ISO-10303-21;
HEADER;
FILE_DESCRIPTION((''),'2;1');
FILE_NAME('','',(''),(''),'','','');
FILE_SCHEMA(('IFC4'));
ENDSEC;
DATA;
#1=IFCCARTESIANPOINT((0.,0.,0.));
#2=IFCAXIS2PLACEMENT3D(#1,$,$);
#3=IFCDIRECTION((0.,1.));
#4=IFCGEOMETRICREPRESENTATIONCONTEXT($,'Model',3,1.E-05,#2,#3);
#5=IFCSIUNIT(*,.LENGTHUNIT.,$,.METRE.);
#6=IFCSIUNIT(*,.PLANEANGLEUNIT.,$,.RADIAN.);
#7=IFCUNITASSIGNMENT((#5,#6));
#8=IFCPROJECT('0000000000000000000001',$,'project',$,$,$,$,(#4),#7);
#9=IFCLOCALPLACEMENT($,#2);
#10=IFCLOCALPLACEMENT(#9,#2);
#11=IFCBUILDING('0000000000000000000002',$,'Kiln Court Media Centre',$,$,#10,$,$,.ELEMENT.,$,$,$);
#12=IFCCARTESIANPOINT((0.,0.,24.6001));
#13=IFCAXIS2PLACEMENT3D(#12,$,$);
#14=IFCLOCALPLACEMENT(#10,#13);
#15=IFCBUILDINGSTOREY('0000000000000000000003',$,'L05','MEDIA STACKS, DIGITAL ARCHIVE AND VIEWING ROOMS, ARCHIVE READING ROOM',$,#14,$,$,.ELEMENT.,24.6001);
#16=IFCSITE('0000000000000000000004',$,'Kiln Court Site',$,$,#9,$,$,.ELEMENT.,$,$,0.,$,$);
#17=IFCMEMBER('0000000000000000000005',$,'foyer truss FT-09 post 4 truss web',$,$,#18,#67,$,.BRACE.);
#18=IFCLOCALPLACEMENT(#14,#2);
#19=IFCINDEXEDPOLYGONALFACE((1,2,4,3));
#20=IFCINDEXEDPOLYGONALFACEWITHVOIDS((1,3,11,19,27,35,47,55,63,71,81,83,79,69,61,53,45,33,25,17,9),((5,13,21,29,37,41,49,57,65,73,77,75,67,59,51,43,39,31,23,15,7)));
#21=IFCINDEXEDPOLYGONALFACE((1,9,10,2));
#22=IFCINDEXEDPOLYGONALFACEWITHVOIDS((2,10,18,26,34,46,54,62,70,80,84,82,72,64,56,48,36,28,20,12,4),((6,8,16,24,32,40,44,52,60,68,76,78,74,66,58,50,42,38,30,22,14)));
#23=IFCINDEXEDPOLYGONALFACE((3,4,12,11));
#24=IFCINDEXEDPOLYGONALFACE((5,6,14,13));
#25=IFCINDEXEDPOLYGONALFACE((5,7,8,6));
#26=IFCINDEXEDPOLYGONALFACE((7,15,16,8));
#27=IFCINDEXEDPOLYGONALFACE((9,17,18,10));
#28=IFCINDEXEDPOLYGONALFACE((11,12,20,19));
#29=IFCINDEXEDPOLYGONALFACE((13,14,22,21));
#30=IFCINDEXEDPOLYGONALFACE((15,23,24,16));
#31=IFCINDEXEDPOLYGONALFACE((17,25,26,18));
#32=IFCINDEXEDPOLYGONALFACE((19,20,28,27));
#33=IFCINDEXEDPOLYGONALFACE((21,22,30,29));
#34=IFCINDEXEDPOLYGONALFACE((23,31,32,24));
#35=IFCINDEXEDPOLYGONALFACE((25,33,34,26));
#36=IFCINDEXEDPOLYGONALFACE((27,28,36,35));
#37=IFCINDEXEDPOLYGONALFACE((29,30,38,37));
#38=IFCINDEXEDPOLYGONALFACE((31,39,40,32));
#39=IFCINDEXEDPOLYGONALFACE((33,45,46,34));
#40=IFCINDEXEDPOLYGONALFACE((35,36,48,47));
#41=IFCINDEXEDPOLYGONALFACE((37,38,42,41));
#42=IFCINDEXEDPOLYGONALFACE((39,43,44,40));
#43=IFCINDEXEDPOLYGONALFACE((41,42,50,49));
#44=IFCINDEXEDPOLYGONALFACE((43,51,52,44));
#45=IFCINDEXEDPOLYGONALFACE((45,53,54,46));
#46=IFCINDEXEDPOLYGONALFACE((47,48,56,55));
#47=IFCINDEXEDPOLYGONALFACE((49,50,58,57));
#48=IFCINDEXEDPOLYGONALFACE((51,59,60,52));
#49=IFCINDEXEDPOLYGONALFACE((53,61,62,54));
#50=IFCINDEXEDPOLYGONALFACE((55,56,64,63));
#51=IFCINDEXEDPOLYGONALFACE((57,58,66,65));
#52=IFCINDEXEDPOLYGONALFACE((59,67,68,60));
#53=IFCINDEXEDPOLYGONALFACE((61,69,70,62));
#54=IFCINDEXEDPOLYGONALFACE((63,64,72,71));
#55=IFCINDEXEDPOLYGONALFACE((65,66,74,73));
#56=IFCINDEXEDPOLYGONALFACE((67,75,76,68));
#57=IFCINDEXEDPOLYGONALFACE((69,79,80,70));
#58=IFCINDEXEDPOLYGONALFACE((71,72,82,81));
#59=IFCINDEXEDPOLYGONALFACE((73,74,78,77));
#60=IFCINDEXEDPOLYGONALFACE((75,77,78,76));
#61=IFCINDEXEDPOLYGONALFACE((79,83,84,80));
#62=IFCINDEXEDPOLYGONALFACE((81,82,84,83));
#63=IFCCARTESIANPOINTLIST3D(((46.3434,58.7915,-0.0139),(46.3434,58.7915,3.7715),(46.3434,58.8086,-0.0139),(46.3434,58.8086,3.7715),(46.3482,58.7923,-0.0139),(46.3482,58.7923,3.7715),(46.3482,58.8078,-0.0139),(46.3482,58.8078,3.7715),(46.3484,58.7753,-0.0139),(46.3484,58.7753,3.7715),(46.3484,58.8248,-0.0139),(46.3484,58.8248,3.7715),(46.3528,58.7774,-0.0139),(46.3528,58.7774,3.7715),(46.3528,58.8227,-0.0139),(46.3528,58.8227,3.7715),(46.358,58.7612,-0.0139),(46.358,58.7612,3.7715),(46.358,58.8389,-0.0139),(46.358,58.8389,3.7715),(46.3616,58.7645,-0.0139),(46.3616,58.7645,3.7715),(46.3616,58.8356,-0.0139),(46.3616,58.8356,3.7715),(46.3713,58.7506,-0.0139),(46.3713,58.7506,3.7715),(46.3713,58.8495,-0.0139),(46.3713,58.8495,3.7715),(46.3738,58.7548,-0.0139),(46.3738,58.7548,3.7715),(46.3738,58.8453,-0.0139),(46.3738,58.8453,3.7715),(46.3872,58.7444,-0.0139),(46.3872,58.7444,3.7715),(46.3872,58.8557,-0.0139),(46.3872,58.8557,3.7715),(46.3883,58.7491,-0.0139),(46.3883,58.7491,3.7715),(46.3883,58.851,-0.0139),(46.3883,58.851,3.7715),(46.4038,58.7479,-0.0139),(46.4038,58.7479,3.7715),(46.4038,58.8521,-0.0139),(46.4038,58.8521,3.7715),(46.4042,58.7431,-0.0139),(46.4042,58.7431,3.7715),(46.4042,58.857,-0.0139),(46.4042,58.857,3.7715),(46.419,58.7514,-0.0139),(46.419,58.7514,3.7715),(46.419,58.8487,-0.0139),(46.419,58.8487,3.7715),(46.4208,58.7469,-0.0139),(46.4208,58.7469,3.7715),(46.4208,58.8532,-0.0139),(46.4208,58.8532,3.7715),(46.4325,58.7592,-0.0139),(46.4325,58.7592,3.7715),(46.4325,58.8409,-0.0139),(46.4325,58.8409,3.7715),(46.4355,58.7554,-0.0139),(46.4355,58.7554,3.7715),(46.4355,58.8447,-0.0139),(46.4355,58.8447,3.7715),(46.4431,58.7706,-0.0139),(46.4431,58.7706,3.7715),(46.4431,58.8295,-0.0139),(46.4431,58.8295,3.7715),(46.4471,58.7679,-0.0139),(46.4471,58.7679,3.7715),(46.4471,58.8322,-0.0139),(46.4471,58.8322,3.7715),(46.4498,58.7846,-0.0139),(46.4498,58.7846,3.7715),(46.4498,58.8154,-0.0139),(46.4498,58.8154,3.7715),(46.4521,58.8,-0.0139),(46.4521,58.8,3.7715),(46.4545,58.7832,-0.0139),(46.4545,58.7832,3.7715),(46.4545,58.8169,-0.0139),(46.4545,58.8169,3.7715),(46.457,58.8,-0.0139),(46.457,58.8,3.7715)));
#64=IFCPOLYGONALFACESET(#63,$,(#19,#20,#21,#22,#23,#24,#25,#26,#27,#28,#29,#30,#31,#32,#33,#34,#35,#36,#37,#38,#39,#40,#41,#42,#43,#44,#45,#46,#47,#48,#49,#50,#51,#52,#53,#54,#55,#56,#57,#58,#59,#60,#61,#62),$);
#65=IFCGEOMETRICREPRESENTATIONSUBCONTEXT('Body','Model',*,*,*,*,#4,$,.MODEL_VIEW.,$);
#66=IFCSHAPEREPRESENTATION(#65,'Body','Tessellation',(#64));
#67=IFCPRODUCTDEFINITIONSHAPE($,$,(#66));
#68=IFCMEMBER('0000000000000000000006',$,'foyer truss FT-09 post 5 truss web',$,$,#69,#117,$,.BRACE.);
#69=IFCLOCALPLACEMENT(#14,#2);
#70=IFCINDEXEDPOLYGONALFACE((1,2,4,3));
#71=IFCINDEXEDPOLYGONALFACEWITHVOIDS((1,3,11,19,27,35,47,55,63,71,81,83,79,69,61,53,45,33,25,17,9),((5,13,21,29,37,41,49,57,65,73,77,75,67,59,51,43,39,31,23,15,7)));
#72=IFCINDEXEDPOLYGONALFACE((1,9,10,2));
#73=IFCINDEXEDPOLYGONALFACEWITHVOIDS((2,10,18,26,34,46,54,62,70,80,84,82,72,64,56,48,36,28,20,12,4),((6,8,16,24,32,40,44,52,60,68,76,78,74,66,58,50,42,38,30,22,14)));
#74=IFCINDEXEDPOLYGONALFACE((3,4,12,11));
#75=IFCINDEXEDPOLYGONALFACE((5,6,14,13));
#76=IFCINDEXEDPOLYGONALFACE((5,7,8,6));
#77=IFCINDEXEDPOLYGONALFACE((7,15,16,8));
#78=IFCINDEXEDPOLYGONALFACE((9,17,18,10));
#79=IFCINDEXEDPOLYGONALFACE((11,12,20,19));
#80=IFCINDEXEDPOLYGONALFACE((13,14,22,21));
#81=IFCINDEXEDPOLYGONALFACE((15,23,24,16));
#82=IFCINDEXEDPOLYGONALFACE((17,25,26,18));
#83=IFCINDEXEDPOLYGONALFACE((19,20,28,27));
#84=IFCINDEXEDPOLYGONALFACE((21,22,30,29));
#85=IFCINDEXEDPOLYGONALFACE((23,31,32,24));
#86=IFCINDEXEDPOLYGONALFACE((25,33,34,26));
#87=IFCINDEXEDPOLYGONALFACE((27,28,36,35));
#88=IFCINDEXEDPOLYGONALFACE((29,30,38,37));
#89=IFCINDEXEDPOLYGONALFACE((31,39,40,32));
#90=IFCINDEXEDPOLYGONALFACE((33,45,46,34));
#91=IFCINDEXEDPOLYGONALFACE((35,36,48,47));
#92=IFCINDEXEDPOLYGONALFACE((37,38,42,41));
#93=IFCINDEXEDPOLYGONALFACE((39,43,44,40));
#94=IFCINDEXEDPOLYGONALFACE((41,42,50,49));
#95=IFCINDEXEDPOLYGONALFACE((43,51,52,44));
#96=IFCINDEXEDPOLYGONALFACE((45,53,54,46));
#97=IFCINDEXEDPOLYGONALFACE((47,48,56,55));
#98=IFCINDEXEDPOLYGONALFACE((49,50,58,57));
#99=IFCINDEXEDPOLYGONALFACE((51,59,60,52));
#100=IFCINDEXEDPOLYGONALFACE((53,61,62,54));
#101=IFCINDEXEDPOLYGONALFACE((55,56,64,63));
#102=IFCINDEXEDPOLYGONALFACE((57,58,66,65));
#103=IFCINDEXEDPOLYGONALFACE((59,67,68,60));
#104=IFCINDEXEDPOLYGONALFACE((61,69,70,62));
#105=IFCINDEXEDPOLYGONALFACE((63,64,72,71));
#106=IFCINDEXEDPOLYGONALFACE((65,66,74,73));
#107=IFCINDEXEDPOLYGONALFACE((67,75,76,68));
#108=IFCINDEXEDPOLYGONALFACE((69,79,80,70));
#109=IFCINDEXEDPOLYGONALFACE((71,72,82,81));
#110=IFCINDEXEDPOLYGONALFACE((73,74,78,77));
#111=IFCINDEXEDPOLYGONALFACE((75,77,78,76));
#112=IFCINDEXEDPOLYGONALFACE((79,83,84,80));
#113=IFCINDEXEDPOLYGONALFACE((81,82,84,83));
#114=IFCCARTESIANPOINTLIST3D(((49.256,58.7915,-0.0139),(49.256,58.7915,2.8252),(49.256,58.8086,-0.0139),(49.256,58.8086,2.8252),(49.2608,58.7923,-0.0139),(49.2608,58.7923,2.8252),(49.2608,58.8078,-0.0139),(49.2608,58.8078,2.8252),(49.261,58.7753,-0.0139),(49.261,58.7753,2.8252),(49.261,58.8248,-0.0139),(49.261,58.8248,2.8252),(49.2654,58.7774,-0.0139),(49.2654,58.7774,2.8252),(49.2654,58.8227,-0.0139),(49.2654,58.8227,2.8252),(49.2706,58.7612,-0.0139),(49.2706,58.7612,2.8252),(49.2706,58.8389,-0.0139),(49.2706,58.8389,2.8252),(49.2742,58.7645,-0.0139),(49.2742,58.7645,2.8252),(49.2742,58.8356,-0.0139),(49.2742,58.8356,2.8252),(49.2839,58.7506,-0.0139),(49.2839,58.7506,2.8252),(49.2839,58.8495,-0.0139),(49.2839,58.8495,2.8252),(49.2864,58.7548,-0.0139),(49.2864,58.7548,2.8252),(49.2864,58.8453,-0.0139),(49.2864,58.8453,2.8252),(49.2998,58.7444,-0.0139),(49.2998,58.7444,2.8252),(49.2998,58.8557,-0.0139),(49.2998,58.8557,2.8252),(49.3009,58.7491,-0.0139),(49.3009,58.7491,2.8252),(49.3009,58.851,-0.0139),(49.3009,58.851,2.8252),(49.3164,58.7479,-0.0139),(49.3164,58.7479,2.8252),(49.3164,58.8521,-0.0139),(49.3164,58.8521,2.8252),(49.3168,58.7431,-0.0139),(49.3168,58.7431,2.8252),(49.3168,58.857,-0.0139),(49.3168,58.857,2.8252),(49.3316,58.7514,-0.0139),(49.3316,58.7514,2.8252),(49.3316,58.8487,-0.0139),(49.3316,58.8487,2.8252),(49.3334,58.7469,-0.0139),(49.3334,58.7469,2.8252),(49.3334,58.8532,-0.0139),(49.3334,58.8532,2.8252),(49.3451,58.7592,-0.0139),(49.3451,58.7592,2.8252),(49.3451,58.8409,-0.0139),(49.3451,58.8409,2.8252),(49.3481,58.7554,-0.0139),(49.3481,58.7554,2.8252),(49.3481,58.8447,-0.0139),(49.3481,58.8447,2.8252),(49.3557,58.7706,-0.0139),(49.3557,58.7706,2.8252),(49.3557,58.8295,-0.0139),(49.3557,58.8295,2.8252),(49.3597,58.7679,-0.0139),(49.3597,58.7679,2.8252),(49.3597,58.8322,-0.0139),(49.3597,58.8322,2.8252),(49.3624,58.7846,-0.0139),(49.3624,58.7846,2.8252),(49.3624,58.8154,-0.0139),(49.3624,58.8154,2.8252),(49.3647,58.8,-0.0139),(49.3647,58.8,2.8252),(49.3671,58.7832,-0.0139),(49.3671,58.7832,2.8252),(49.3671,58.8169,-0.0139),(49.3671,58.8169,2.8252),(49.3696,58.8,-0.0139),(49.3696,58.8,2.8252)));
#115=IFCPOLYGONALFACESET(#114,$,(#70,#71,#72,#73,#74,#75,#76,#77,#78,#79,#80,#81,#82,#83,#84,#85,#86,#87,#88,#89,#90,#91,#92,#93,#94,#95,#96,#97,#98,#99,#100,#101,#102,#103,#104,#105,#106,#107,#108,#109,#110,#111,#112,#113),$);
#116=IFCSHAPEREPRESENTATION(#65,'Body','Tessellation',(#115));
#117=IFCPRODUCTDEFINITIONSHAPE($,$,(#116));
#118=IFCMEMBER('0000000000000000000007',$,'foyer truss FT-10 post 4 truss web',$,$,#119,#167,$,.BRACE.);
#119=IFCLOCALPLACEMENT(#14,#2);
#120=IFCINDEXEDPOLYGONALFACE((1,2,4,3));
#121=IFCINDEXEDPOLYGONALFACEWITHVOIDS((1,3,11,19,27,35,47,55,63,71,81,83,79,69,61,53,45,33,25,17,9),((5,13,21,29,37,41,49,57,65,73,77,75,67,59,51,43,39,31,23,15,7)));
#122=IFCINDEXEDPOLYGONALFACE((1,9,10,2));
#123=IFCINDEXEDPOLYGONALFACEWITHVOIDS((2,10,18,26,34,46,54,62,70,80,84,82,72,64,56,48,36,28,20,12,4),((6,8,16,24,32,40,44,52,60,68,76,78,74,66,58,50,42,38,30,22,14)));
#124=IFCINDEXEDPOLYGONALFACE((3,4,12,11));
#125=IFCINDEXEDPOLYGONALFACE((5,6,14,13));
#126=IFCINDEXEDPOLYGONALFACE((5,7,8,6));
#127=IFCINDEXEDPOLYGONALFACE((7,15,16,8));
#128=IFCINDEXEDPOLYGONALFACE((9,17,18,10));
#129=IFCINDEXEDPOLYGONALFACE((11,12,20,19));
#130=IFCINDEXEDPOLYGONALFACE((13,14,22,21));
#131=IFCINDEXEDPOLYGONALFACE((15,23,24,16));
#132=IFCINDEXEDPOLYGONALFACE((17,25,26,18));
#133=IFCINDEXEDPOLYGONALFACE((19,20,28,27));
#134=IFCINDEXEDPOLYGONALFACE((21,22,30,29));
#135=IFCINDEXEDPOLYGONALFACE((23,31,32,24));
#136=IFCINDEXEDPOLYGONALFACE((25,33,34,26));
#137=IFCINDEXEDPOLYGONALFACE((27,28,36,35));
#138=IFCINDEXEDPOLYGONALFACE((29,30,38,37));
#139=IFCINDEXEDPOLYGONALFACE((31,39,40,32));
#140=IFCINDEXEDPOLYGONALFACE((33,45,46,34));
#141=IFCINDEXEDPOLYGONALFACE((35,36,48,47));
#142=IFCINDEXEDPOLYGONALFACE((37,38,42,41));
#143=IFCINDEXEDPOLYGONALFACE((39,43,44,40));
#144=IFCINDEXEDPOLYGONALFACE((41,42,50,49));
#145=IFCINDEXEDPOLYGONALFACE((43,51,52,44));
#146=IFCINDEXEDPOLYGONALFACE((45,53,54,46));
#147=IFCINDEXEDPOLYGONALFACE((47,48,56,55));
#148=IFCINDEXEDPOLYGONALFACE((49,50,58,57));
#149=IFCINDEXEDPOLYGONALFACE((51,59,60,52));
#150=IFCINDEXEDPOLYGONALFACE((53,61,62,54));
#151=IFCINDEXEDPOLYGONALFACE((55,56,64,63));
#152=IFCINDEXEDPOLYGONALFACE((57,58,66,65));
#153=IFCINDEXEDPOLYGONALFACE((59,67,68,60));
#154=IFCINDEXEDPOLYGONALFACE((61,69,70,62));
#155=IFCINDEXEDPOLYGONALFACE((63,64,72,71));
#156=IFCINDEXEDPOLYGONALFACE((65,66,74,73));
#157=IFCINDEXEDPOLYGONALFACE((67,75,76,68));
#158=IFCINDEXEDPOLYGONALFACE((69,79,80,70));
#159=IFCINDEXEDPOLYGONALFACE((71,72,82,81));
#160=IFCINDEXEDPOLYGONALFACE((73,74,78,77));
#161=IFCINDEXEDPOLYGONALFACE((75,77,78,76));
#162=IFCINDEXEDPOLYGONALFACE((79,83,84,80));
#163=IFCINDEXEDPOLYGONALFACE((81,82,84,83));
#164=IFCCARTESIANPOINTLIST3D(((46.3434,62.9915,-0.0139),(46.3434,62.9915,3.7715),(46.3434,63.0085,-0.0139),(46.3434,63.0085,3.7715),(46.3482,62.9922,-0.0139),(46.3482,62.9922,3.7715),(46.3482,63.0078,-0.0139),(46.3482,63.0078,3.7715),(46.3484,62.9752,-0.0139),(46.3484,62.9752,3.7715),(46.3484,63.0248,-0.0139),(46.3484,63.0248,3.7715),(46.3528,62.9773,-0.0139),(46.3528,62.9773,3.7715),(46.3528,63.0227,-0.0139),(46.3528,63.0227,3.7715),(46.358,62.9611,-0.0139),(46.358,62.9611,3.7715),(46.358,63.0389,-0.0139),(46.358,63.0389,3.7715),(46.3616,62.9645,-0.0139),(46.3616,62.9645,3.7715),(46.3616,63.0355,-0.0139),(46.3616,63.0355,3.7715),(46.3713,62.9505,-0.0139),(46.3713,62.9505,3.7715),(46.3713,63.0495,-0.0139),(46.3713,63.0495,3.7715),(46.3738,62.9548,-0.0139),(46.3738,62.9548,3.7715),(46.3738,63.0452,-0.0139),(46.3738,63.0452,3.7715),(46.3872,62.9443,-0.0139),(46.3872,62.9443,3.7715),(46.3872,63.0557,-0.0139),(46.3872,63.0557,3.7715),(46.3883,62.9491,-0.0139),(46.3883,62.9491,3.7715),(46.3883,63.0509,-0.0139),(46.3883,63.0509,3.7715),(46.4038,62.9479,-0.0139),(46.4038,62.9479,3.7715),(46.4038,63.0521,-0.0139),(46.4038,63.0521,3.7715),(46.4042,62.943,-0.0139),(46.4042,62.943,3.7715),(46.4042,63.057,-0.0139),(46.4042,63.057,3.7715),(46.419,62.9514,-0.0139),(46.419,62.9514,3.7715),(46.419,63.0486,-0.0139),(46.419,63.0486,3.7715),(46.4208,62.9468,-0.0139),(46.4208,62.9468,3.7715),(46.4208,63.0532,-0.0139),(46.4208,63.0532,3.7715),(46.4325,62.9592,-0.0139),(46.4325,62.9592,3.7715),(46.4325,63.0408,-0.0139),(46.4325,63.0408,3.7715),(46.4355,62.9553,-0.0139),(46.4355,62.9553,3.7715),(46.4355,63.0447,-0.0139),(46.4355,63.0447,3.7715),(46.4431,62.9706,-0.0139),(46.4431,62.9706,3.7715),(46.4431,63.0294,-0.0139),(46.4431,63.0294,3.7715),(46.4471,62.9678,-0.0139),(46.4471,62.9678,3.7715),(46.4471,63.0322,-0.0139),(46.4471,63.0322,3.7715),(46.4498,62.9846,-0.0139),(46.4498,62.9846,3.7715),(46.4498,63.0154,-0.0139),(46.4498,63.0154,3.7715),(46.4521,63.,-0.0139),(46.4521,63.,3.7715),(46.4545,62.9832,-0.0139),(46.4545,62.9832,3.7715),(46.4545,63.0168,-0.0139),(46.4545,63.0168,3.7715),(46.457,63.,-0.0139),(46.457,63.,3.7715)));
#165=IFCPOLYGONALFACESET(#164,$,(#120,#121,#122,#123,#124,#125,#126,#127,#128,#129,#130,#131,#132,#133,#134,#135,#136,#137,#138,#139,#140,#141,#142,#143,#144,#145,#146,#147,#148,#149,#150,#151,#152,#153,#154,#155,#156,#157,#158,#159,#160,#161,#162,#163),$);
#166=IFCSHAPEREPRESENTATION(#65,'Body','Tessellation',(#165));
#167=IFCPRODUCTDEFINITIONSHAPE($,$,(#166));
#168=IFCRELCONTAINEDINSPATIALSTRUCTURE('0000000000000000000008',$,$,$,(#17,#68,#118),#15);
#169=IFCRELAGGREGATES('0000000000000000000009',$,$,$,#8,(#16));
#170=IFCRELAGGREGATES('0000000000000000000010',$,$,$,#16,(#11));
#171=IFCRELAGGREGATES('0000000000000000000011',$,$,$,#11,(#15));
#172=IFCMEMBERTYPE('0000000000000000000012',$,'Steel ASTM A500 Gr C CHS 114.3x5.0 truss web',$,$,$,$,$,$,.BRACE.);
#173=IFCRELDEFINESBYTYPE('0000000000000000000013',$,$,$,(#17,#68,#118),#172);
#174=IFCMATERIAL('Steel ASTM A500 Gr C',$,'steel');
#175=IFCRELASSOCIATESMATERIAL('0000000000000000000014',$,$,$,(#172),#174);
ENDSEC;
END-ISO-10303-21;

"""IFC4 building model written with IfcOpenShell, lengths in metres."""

from ifc_helpers import new_model, si_unit, direction, frame, origin, origin_2d, place, context, subcontext, project, spatial, hollow_circle, extrude, material, material_profile, profile_set, type_object, element, save


model = new_model("IFC4")

# Units and contexts
model_context = context("Model", 3, precision=1e-05, world=origin(), true_north=direction((0.0, 1.0)))
body_context = subcontext(model_context, "Body", "Model", "MODEL_VIEW")
ifc_project = project(units=[si_unit("LENGTHUNIT", "METRE"), si_unit("PLANEANGLEUNIT", "RADIAN")], contexts=[model_context])

# Site, building, storey
site_placement = place(None, origin())
site = spatial("IfcSite", under=ifc_project, at=site_placement, Name="Kiln Court Site", CompositionType="ELEMENT", RefElevation=0.0)
building_placement = place(site_placement, origin())
building = spatial("IfcBuilding", under=site, at=building_placement, Name="Kiln Court Media Centre", CompositionType="ELEMENT")
storey_placement = place(building_placement, frame((0.0, 0.0, 24.6001)))
storey = spatial("IfcBuildingStorey", under=building, at=storey_placement, Name="L05", Description="MEDIA STACKS, DIGITAL ARCHIVE AND VIEWING ROOMS, ARCHIVE READING ROOM", CompositionType="ELEMENT", Elevation=24.6001)

# Members
ifc_material_1 = material(Name="Steel ASTM A500 Gr C", Category="steel")
ifc_material_profile_1 = material_profile(ifc_material_1, hollow_circle(Radius=0.0571, WallThickness=0.0049, at=origin_2d()), Name="CHS 114.3x5.0")
ifc_profile_set_1 = profile_set([ifc_material_profile_1], Name="Steel ASTM A500 Gr C")
member_type_1 = type_object("IfcMemberType", Name="Steel ASTM A500 Gr C CHS 114.3x5.0 truss web", PredefinedType="BRACE", material=ifc_profile_set_1)
member_1_placement = place(storey_placement, frame((46.3999, 58.8, -0.0139), z_axis=(0.0, 0.0, 1.0), x_axis=(1.0, 0.0, 0.0)))
element("IfcMember", 1, at=member_1_placement, inside=storey, type_object=member_type_1, Name="foyer truss FT-09 post 4 truss web", PredefinedType="BRACE", context=body_context, shape_type="SweptSolid", body=[
    extrude(hollow_circle(Radius=0.0571, WallThickness=0.0049, at=origin_2d()), origin(), (0.0, 0.0, 1.0), 3.7854),
])
member_2_placement = place(storey_placement, frame((49.3125, 58.8, -0.0139), z_axis=(0.0, 0.0, 1.0), x_axis=(1.0, 0.0, 0.0)))
element("IfcMember", 2, at=member_2_placement, inside=storey, type_object=member_type_1, Name="foyer truss FT-09 post 5 truss web", PredefinedType="BRACE", context=body_context, shape_type="SweptSolid", body=[
    extrude(hollow_circle(Radius=0.0571, WallThickness=0.0049, at=origin_2d()), origin(), (0.0, 0.0, 1.0), 2.8391),
])
member_3_placement = place(storey_placement, frame((46.3999, 63.0, -0.0139), z_axis=(0.0, 0.0, 1.0), x_axis=(1.0, 0.0, 0.0)))
element("IfcMember", 3, at=member_3_placement, inside=storey, type_object=member_type_1, Name="foyer truss FT-10 post 4 truss web", PredefinedType="BRACE", context=body_context, shape_type="SweptSolid", body=[
    extrude(hollow_circle(Radius=0.0571, WallThickness=0.0049, at=origin_2d()), origin(), (0.0, 0.0, 1.0), 3.7854),
])

save(model, "model.ifc")
